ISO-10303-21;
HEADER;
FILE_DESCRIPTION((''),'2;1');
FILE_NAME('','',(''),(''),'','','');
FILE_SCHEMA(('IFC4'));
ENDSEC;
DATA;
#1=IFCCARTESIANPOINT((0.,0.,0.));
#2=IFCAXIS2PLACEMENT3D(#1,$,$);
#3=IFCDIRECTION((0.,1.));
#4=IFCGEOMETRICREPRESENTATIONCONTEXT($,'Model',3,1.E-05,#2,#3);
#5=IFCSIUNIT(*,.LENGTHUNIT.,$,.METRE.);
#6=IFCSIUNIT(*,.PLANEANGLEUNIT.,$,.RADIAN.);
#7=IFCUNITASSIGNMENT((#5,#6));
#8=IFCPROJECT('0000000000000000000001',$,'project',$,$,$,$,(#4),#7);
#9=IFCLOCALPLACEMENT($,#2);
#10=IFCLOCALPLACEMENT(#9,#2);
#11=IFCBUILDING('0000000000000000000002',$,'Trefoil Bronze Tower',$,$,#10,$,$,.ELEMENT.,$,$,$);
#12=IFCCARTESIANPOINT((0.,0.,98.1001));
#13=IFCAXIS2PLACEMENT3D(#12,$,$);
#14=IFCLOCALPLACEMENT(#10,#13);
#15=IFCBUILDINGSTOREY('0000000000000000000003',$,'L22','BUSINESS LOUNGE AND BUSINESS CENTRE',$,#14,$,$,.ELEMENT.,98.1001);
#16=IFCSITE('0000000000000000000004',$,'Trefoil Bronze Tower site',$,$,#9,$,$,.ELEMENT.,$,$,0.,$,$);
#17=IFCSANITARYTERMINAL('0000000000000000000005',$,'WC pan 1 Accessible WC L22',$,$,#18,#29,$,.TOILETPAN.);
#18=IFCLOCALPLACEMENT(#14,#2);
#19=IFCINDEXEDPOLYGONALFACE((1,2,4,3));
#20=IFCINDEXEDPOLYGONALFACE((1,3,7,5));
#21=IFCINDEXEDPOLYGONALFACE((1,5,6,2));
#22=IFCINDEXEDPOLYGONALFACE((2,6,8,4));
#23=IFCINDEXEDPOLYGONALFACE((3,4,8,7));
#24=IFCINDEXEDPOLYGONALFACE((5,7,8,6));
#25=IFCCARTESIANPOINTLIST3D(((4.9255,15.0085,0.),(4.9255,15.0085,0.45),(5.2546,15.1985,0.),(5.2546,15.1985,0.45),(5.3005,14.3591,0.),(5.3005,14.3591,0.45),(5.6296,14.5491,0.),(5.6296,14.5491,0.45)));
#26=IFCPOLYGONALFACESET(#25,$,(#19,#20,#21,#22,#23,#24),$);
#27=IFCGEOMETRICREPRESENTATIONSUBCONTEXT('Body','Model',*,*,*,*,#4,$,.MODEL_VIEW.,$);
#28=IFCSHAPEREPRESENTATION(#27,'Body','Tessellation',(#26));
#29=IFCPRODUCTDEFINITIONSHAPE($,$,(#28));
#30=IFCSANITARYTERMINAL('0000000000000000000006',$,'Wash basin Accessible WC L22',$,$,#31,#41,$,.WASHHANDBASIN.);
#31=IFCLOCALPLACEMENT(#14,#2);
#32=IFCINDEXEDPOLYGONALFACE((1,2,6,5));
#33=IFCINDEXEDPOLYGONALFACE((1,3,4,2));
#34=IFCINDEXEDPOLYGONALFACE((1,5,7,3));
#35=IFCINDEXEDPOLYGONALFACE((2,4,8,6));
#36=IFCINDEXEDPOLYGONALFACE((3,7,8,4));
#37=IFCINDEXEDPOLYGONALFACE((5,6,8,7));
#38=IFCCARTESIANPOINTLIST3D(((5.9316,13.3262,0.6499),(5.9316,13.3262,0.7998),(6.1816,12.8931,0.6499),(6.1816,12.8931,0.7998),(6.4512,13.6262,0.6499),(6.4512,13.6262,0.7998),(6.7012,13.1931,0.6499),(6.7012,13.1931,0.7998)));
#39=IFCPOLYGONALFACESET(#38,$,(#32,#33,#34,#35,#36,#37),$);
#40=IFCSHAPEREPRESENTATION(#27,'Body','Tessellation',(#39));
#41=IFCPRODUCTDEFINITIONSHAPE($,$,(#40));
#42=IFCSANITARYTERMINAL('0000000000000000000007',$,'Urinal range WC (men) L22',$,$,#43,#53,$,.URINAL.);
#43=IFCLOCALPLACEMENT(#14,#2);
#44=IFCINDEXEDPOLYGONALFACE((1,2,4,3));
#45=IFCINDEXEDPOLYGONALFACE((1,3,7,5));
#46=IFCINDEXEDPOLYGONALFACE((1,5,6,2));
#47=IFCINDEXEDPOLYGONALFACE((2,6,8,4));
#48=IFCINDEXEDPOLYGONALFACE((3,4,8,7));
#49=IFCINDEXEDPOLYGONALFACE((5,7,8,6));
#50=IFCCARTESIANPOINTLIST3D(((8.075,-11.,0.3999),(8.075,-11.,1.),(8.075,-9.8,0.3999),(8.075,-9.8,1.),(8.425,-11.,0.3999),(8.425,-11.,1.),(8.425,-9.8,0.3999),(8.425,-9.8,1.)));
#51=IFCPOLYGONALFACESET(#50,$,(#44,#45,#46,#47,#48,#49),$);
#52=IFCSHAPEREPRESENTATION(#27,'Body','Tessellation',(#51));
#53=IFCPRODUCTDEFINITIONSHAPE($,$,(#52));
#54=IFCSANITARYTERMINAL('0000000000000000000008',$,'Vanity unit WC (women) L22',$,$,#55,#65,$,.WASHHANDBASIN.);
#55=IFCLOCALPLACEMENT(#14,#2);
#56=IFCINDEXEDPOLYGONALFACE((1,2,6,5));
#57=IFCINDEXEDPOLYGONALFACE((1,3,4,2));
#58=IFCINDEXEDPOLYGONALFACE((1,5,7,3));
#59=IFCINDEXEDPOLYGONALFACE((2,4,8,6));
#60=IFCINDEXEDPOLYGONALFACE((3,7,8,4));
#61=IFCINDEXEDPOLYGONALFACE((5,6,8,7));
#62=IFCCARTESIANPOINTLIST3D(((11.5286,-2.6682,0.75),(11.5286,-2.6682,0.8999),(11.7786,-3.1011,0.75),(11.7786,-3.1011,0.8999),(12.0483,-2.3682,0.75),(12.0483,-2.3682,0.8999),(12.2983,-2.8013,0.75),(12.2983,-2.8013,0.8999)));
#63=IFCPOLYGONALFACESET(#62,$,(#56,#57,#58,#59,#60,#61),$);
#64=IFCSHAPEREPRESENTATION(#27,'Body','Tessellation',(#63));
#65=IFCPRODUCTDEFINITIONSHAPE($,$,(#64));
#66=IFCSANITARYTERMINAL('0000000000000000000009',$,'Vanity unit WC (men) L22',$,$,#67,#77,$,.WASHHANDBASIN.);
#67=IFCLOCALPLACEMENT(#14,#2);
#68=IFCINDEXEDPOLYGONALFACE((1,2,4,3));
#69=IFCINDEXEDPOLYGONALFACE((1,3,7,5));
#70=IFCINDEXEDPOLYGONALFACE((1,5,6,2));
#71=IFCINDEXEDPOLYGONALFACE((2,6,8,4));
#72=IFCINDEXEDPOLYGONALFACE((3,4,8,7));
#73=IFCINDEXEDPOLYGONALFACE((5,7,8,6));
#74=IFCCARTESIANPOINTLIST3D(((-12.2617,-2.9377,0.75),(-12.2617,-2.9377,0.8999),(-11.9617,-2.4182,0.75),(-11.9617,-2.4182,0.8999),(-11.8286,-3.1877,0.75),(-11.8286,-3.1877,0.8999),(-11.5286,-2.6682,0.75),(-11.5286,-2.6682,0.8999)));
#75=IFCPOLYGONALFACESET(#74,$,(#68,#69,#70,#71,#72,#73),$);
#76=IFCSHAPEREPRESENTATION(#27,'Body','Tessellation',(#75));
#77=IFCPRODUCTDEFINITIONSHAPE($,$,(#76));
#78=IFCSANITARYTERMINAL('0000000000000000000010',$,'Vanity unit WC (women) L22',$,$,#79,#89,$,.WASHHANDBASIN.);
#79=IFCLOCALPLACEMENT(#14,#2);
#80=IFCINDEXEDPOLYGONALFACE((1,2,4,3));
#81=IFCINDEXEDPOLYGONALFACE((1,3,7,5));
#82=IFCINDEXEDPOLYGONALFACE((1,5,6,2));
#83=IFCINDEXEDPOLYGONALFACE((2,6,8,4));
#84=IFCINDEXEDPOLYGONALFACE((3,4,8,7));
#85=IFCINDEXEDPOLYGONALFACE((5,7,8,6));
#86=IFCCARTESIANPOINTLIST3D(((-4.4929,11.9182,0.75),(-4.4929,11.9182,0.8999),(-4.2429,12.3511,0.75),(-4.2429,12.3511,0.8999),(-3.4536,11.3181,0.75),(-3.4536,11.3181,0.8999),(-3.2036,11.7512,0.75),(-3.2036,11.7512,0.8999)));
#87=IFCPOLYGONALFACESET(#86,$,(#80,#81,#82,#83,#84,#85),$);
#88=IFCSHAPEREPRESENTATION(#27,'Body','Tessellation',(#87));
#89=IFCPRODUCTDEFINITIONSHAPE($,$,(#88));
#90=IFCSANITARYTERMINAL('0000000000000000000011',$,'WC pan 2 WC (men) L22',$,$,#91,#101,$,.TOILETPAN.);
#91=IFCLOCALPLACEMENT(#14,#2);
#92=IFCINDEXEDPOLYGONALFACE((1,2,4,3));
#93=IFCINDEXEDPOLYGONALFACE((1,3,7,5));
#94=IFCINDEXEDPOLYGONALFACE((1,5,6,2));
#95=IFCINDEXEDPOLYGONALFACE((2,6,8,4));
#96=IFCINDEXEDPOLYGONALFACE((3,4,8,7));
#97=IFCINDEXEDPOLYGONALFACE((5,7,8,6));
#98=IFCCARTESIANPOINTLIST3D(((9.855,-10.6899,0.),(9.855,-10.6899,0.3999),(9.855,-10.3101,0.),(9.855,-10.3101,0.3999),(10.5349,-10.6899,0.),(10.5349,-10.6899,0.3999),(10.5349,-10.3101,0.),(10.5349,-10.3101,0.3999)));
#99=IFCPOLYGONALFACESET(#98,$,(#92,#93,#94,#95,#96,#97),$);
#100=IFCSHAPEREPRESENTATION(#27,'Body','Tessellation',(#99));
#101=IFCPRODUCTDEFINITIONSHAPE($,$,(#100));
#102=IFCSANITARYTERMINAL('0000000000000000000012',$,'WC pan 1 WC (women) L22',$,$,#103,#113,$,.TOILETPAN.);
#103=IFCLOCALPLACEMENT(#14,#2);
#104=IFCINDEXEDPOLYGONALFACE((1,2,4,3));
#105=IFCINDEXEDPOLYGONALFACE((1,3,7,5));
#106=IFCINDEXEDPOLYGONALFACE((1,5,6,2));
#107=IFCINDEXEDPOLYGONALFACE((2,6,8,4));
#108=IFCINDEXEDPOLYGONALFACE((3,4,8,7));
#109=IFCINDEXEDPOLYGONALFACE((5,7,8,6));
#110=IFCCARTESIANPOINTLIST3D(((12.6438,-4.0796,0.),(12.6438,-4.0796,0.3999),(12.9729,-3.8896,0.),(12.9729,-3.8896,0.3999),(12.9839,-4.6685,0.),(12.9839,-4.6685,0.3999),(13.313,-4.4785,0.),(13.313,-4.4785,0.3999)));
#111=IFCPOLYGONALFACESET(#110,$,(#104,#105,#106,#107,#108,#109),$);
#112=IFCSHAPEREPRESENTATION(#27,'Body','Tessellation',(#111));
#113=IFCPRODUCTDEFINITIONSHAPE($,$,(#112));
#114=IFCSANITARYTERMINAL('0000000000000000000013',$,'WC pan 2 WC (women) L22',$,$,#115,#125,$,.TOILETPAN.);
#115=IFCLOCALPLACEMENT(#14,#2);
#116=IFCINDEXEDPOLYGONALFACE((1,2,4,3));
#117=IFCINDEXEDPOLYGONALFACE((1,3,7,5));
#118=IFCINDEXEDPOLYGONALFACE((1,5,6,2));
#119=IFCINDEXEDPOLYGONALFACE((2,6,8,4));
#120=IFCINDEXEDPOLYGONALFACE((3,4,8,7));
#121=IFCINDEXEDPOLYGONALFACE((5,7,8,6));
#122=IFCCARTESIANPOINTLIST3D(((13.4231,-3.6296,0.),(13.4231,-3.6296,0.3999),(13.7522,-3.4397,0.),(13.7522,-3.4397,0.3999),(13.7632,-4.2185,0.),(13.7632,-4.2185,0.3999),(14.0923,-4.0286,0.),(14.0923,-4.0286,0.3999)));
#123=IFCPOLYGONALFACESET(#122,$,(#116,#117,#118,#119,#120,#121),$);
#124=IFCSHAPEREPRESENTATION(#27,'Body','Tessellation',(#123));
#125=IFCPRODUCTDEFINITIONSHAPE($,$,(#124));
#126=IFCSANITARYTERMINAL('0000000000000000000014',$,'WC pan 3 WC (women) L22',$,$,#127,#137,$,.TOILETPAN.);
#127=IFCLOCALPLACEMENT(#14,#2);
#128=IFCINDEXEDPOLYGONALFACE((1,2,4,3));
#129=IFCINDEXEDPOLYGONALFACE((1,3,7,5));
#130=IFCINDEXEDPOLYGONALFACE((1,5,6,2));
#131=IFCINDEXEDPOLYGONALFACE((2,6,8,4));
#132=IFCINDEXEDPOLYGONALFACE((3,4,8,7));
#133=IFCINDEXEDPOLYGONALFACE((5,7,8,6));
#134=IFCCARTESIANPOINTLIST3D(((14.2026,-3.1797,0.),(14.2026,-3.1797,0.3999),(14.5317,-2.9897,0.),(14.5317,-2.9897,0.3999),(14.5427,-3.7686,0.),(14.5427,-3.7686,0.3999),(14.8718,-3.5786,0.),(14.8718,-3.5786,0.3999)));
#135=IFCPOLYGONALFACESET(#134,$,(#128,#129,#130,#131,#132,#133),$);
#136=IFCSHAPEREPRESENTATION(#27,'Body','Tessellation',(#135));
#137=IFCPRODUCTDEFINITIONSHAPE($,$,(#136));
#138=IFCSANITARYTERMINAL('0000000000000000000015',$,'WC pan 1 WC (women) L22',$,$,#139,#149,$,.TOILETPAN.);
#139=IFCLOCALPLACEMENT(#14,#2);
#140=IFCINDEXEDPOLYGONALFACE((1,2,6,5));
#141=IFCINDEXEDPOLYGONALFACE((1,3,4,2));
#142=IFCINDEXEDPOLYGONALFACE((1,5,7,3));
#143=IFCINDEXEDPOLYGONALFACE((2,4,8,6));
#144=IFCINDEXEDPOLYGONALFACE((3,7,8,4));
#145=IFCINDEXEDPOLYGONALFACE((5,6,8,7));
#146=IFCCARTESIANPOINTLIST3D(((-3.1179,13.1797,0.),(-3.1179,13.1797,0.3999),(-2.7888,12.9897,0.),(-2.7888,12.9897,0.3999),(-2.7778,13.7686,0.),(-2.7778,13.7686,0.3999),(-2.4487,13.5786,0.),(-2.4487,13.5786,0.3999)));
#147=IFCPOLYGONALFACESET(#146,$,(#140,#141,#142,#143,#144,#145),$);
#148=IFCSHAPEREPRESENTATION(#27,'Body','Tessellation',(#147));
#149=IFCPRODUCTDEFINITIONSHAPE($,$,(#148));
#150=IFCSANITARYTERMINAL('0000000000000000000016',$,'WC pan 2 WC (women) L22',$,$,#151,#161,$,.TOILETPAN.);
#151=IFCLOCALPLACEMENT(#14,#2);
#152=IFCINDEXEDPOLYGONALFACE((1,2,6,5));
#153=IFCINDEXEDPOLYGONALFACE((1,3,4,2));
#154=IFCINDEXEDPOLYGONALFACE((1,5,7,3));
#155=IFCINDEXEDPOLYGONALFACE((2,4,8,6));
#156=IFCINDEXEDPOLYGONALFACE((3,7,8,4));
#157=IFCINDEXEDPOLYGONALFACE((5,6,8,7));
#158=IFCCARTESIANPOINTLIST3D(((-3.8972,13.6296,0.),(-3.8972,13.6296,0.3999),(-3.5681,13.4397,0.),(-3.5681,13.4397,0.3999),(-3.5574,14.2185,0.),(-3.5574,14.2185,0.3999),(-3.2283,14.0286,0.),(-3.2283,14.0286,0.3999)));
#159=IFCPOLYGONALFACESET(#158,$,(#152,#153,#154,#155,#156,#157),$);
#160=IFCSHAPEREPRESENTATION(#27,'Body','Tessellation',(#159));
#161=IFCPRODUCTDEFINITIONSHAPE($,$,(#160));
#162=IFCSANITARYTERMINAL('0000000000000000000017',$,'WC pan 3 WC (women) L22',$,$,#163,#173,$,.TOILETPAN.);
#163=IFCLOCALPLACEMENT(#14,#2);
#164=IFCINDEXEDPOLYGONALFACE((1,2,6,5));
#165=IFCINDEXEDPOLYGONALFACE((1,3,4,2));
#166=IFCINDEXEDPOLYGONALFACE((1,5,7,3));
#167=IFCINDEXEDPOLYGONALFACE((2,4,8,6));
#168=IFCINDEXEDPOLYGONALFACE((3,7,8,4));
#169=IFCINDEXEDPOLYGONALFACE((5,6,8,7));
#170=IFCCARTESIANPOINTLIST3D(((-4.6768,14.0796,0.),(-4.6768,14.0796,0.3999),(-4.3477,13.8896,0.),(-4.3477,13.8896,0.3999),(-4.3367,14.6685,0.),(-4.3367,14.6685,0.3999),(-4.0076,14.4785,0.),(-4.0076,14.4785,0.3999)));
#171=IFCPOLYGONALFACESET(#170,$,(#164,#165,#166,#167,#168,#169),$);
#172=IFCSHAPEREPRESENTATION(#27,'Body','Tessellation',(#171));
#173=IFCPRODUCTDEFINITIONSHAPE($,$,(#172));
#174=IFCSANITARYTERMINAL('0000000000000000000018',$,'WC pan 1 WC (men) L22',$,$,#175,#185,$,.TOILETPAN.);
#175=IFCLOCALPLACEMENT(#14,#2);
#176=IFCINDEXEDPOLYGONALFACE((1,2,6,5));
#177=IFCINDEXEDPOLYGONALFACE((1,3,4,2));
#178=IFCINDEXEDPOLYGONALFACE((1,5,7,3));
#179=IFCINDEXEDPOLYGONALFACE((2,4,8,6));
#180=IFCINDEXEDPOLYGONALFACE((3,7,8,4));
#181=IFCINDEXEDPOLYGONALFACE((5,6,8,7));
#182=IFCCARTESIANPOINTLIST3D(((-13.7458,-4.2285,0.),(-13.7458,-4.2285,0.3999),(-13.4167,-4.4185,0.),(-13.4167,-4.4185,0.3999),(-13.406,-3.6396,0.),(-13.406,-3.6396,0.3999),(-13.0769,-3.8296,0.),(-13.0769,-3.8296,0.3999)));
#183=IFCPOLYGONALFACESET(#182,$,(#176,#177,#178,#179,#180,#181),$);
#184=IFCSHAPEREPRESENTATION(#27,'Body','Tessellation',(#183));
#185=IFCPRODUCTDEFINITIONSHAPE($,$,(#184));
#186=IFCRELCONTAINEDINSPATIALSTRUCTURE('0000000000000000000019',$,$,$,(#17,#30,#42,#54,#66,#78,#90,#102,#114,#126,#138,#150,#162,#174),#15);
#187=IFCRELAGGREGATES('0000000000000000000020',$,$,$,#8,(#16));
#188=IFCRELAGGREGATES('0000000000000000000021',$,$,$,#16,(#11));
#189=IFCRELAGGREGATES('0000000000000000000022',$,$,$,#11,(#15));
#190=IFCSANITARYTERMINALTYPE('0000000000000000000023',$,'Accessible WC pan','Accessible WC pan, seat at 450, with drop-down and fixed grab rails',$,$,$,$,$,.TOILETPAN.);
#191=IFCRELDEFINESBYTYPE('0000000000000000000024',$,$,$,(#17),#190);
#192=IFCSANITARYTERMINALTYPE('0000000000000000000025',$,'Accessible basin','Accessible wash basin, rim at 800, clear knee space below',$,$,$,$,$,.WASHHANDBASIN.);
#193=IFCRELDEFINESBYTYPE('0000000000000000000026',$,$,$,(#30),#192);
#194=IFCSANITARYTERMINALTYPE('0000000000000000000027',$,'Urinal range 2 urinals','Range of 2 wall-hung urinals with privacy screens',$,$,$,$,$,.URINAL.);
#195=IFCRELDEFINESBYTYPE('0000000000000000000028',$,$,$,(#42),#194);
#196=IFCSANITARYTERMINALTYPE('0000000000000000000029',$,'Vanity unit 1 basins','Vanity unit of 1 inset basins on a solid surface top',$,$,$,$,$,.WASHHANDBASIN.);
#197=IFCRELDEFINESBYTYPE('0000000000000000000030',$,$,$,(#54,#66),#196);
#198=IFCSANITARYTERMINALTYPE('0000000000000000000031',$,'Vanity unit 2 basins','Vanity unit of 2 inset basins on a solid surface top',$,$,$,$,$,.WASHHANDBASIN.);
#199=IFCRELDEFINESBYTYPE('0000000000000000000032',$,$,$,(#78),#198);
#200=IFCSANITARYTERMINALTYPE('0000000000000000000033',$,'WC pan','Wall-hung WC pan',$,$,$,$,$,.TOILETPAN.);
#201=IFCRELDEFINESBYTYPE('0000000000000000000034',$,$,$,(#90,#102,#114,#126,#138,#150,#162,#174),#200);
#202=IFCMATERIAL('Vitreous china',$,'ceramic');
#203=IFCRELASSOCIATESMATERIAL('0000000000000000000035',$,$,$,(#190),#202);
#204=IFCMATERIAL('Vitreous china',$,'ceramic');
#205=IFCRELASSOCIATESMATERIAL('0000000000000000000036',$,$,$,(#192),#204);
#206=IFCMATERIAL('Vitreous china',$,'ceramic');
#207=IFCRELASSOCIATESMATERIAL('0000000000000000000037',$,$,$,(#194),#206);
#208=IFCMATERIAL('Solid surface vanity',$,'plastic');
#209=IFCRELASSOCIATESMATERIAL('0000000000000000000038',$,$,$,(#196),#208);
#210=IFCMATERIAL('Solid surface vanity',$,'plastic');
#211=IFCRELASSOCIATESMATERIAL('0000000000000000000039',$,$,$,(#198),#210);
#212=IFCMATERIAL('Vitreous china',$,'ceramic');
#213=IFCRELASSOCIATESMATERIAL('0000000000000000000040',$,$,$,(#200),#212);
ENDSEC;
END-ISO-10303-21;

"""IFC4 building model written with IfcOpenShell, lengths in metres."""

from ifc_helpers import new_model, si_unit, direction, frame, origin, place, context, subcontext, project, spatial, polyline, outline, extrude, material, type_object, element, save


model = new_model("IFC4")

# Units and contexts
model_context = context("Model", 3, precision=1e-05, world=origin(), true_north=direction((0.0, 1.0)))
body_context = subcontext(model_context, "Body", "Model", "MODEL_VIEW")
ifc_project = project(units=[si_unit("LENGTHUNIT", "METRE"), si_unit("PLANEANGLEUNIT", "RADIAN")], contexts=[model_context])

# Site, building, storey
site_placement = place(None, origin())
site = spatial("IfcSite", under=ifc_project, at=site_placement, Name="Trefoil Bronze Tower site", CompositionType="ELEMENT", RefElevation=0.0)
building_placement = place(site_placement, origin())
building = spatial("IfcBuilding", under=site, at=building_placement, Name="Trefoil Bronze Tower", CompositionType="ELEMENT")
storey_placement = place(building_placement, frame((0.0, 0.0, 98.1001)))
storey = spatial("IfcBuildingStorey", under=building, at=storey_placement, Name="L22", Description="BUSINESS LOUNGE AND BUSINESS CENTRE", CompositionType="ELEMENT", Elevation=98.1001)

# Sanitary terminals
ifc_material_1 = material(Name="Vitreous china", Category="ceramic")
sanitary_terminal_type_1 = type_object("IfcSanitaryTerminalType", Name="Accessible WC pan", Description="Accessible WC pan, seat at 450, with drop-down and fixed grab rails", PredefinedType="TOILETPAN", material=ifc_material_1)
sanitary_terminal_1_placement = place(storey_placement, origin())
element("IfcSanitaryTerminal", 1, at=sanitary_terminal_1_placement, inside=storey, type_object=sanitary_terminal_type_1, Name="WC pan 1 Accessible WC L22", PredefinedType="TOILETPAN", context=body_context, shape_type="SweptSolid", body=[
    extrude(outline(polyline([(5.3005, 14.3591), (4.9255, 15.0085), (5.2546, 15.1985), (5.6296, 14.5491), (5.3005, 14.3591)])), origin(), (0.0, 0.0, 1.0), 0.45),
])
ifc_material_2 = material(Name="Vitreous china", Category="ceramic")
sanitary_terminal_type_2 = type_object("IfcSanitaryTerminalType", Name="Accessible basin", Description="Accessible wash basin, rim at 800, clear knee space below", PredefinedType="WASHHANDBASIN", material=ifc_material_2)
sanitary_terminal_2_placement = place(storey_placement, frame((0.0, 0.0, 0.6499)))
element("IfcSanitaryTerminal", 2, at=sanitary_terminal_2_placement, inside=storey, type_object=sanitary_terminal_type_2, Name="Wash basin Accessible WC L22", PredefinedType="WASHHANDBASIN", context=body_context, shape_type="SweptSolid", body=[
    extrude(outline(polyline([(6.1816, 12.8931), (5.9316, 13.3262), (6.4512, 13.6262), (6.7012, 13.1931), (6.1816, 12.8931)])), origin(), (0.0, 0.0, 1.0), 0.1499),
])
ifc_material_3 = material(Name="Vitreous china", Category="ceramic")
sanitary_terminal_type_3 = type_object("IfcSanitaryTerminalType", Name="Urinal range 2 urinals", Description="Range of 2 wall-hung urinals with privacy screens", PredefinedType="URINAL", material=ifc_material_3)
sanitary_terminal_3_placement = place(storey_placement, frame((0.0, 0.0, 0.3999)))
element("IfcSanitaryTerminal", 3, at=sanitary_terminal_3_placement, inside=storey, type_object=sanitary_terminal_type_3, Name="Urinal range WC (men) L22", PredefinedType="URINAL", context=body_context, shape_type="SweptSolid", body=[
    extrude(outline(polyline([(8.075, -9.8), (8.425, -9.8), (8.425, -11.0), (8.075, -11.0), (8.075, -9.8)])), origin(), (0.0, 0.0, 1.0), 0.6001),
])
ifc_material_4 = material(Name="Solid surface vanity", Category="plastic")
sanitary_terminal_type_4 = type_object("IfcSanitaryTerminalType", Name="Vanity unit 1 basins", Description="Vanity unit of 1 inset basins on a solid surface top", PredefinedType="WASHHANDBASIN", material=ifc_material_4)
sanitary_terminal_4_placement = place(storey_placement, frame((0.0, 0.0, 0.75)))
element("IfcSanitaryTerminal", 4, at=sanitary_terminal_4_placement, inside=storey, type_object=sanitary_terminal_type_4, Name="Vanity unit WC (women) L22", PredefinedType="WASHHANDBASIN", context=body_context, shape_type="SweptSolid", body=[
    extrude(outline(polyline([(11.5286, -2.6682), (11.7786, -3.1011), (12.2983, -2.8013), (12.0483, -2.3682), (11.5286, -2.6682)])), origin(), (0.0, 0.0, 1.0), 0.1499),
])
sanitary_terminal_5_placement = place(storey_placement, frame((0.0, 0.0, 0.75)))
element("IfcSanitaryTerminal", 5, at=sanitary_terminal_5_placement, inside=storey, type_object=sanitary_terminal_type_4, Name="Vanity unit WC (men) L22", PredefinedType="WASHHANDBASIN", context=body_context, shape_type="SweptSolid", body=[
    extrude(outline(polyline([(-11.5286, -2.6682), (-11.8286, -3.1877), (-12.2617, -2.9377), (-11.9617, -2.4182), (-11.5286, -2.6682)])), origin(), (0.0, 0.0, 1.0), 0.1499),
])
ifc_material_5 = material(Name="Solid surface vanity", Category="plastic")
sanitary_terminal_type_5 = type_object("IfcSanitaryTerminalType", Name="Vanity unit 2 basins", Description="Vanity unit of 2 inset basins on a solid surface top", PredefinedType="WASHHANDBASIN", material=ifc_material_5)
sanitary_terminal_6_placement = place(storey_placement, frame((0.0, 0.0, 0.75)))
element("IfcSanitaryTerminal", 6, at=sanitary_terminal_6_placement, inside=storey, type_object=sanitary_terminal_type_5, Name="Vanity unit WC (women) L22", PredefinedType="WASHHANDBASIN", context=body_context, shape_type="SweptSolid", body=[
    extrude(outline(polyline([(-3.4536, 11.3181), (-3.2036, 11.7512), (-4.2429, 12.3511), (-4.4929, 11.9182), (-3.4536, 11.3181)])), origin(), (0.0, 0.0, 1.0), 0.1499),
])
ifc_material_6 = material(Name="Vitreous china", Category="ceramic")
sanitary_terminal_type_6 = type_object("IfcSanitaryTerminalType", Name="WC pan", Description="Wall-hung WC pan", PredefinedType="TOILETPAN", material=ifc_material_6)
sanitary_terminal_7_placement = place(storey_placement, origin())
element("IfcSanitaryTerminal", 7, at=sanitary_terminal_7_placement, inside=storey, type_object=sanitary_terminal_type_6, Name="WC pan 2 WC (men) L22", PredefinedType="TOILETPAN", context=body_context, shape_type="SweptSolid", body=[
    extrude(outline(polyline([(9.855, -10.3101), (10.5349, -10.3101), (10.5349, -10.6899), (9.855, -10.6899), (9.855, -10.3101)])), origin(), (0.0, 0.0, 1.0), 0.3999),
])
sanitary_terminal_8_placement = place(storey_placement, origin())
element("IfcSanitaryTerminal", 8, at=sanitary_terminal_8_placement, inside=storey, type_object=sanitary_terminal_type_6, Name="WC pan 1 WC (women) L22", PredefinedType="TOILETPAN", context=body_context, shape_type="SweptSolid", body=[
    extrude(outline(polyline([(12.6438, -4.0796), (12.9839, -4.6685), (13.313, -4.4785), (12.9729, -3.8896), (12.6438, -4.0796)])), origin(), (0.0, 0.0, 1.0), 0.3999),
])
sanitary_terminal_9_placement = place(storey_placement, origin())
element("IfcSanitaryTerminal", 9, at=sanitary_terminal_9_placement, inside=storey, type_object=sanitary_terminal_type_6, Name="WC pan 2 WC (women) L22", PredefinedType="TOILETPAN", context=body_context, shape_type="SweptSolid", body=[
    extrude(outline(polyline([(13.4231, -3.6296), (13.7632, -4.2185), (14.0923, -4.0286), (13.7522, -3.4397), (13.4231, -3.6296)])), origin(), (0.0, 0.0, 1.0), 0.3999),
])
sanitary_terminal_10_placement = place(storey_placement, origin())
element("IfcSanitaryTerminal", 10, at=sanitary_terminal_10_placement, inside=storey, type_object=sanitary_terminal_type_6, Name="WC pan 3 WC (women) L22", PredefinedType="TOILETPAN", context=body_context, shape_type="SweptSolid", body=[
    extrude(outline(polyline([(14.2026, -3.1797), (14.5427, -3.7686), (14.8718, -3.5786), (14.5317, -2.9897), (14.2026, -3.1797)])), origin(), (0.0, 0.0, 1.0), 0.3999),
])
sanitary_terminal_11_placement = place(storey_placement, origin())
element("IfcSanitaryTerminal", 11, at=sanitary_terminal_11_placement, inside=storey, type_object=sanitary_terminal_type_6, Name="WC pan 1 WC (women) L22", PredefinedType="TOILETPAN", context=body_context, shape_type="SweptSolid", body=[
    extrude(outline(polyline([(-2.7888, 12.9897), (-2.4487, 13.5786), (-2.7778, 13.7686), (-3.1179, 13.1797), (-2.7888, 12.9897)])), origin(), (0.0, 0.0, 1.0), 0.3999),
])
sanitary_terminal_12_placement = place(storey_placement, origin())
element("IfcSanitaryTerminal", 12, at=sanitary_terminal_12_placement, inside=storey, type_object=sanitary_terminal_type_6, Name="WC pan 2 WC (women) L22", PredefinedType="TOILETPAN", context=body_context, shape_type="SweptSolid", body=[
    extrude(outline(polyline([(-3.5681, 13.4397), (-3.2283, 14.0286), (-3.5574, 14.2185), (-3.8972, 13.6296), (-3.5681, 13.4397)])), origin(), (0.0, 0.0, 1.0), 0.3999),
])
sanitary_terminal_13_placement = place(storey_placement, origin())
element("IfcSanitaryTerminal", 13, at=sanitary_terminal_13_placement, inside=storey, type_object=sanitary_terminal_type_6, Name="WC pan 3 WC (women) L22", PredefinedType="TOILETPAN", context=body_context, shape_type="SweptSolid", body=[
    extrude(outline(polyline([(-4.3477, 13.8896), (-4.0076, 14.4785), (-4.3367, 14.6685), (-4.6768, 14.0796), (-4.3477, 13.8896)])), origin(), (0.0, 0.0, 1.0), 0.3999),
])
sanitary_terminal_14_placement = place(storey_placement, origin())
element("IfcSanitaryTerminal", 14, at=sanitary_terminal_14_placement, inside=storey, type_object=sanitary_terminal_type_6, Name="WC pan 1 WC (men) L22", PredefinedType="TOILETPAN", context=body_context, shape_type="SweptSolid", body=[
    extrude(outline(polyline([(-13.0769, -3.8296), (-13.4167, -4.4185), (-13.7458, -4.2285), (-13.406, -3.6396), (-13.0769, -3.8296)])), origin(), (0.0, 0.0, 1.0), 0.3999),
])

save(model, "model.ifc")
